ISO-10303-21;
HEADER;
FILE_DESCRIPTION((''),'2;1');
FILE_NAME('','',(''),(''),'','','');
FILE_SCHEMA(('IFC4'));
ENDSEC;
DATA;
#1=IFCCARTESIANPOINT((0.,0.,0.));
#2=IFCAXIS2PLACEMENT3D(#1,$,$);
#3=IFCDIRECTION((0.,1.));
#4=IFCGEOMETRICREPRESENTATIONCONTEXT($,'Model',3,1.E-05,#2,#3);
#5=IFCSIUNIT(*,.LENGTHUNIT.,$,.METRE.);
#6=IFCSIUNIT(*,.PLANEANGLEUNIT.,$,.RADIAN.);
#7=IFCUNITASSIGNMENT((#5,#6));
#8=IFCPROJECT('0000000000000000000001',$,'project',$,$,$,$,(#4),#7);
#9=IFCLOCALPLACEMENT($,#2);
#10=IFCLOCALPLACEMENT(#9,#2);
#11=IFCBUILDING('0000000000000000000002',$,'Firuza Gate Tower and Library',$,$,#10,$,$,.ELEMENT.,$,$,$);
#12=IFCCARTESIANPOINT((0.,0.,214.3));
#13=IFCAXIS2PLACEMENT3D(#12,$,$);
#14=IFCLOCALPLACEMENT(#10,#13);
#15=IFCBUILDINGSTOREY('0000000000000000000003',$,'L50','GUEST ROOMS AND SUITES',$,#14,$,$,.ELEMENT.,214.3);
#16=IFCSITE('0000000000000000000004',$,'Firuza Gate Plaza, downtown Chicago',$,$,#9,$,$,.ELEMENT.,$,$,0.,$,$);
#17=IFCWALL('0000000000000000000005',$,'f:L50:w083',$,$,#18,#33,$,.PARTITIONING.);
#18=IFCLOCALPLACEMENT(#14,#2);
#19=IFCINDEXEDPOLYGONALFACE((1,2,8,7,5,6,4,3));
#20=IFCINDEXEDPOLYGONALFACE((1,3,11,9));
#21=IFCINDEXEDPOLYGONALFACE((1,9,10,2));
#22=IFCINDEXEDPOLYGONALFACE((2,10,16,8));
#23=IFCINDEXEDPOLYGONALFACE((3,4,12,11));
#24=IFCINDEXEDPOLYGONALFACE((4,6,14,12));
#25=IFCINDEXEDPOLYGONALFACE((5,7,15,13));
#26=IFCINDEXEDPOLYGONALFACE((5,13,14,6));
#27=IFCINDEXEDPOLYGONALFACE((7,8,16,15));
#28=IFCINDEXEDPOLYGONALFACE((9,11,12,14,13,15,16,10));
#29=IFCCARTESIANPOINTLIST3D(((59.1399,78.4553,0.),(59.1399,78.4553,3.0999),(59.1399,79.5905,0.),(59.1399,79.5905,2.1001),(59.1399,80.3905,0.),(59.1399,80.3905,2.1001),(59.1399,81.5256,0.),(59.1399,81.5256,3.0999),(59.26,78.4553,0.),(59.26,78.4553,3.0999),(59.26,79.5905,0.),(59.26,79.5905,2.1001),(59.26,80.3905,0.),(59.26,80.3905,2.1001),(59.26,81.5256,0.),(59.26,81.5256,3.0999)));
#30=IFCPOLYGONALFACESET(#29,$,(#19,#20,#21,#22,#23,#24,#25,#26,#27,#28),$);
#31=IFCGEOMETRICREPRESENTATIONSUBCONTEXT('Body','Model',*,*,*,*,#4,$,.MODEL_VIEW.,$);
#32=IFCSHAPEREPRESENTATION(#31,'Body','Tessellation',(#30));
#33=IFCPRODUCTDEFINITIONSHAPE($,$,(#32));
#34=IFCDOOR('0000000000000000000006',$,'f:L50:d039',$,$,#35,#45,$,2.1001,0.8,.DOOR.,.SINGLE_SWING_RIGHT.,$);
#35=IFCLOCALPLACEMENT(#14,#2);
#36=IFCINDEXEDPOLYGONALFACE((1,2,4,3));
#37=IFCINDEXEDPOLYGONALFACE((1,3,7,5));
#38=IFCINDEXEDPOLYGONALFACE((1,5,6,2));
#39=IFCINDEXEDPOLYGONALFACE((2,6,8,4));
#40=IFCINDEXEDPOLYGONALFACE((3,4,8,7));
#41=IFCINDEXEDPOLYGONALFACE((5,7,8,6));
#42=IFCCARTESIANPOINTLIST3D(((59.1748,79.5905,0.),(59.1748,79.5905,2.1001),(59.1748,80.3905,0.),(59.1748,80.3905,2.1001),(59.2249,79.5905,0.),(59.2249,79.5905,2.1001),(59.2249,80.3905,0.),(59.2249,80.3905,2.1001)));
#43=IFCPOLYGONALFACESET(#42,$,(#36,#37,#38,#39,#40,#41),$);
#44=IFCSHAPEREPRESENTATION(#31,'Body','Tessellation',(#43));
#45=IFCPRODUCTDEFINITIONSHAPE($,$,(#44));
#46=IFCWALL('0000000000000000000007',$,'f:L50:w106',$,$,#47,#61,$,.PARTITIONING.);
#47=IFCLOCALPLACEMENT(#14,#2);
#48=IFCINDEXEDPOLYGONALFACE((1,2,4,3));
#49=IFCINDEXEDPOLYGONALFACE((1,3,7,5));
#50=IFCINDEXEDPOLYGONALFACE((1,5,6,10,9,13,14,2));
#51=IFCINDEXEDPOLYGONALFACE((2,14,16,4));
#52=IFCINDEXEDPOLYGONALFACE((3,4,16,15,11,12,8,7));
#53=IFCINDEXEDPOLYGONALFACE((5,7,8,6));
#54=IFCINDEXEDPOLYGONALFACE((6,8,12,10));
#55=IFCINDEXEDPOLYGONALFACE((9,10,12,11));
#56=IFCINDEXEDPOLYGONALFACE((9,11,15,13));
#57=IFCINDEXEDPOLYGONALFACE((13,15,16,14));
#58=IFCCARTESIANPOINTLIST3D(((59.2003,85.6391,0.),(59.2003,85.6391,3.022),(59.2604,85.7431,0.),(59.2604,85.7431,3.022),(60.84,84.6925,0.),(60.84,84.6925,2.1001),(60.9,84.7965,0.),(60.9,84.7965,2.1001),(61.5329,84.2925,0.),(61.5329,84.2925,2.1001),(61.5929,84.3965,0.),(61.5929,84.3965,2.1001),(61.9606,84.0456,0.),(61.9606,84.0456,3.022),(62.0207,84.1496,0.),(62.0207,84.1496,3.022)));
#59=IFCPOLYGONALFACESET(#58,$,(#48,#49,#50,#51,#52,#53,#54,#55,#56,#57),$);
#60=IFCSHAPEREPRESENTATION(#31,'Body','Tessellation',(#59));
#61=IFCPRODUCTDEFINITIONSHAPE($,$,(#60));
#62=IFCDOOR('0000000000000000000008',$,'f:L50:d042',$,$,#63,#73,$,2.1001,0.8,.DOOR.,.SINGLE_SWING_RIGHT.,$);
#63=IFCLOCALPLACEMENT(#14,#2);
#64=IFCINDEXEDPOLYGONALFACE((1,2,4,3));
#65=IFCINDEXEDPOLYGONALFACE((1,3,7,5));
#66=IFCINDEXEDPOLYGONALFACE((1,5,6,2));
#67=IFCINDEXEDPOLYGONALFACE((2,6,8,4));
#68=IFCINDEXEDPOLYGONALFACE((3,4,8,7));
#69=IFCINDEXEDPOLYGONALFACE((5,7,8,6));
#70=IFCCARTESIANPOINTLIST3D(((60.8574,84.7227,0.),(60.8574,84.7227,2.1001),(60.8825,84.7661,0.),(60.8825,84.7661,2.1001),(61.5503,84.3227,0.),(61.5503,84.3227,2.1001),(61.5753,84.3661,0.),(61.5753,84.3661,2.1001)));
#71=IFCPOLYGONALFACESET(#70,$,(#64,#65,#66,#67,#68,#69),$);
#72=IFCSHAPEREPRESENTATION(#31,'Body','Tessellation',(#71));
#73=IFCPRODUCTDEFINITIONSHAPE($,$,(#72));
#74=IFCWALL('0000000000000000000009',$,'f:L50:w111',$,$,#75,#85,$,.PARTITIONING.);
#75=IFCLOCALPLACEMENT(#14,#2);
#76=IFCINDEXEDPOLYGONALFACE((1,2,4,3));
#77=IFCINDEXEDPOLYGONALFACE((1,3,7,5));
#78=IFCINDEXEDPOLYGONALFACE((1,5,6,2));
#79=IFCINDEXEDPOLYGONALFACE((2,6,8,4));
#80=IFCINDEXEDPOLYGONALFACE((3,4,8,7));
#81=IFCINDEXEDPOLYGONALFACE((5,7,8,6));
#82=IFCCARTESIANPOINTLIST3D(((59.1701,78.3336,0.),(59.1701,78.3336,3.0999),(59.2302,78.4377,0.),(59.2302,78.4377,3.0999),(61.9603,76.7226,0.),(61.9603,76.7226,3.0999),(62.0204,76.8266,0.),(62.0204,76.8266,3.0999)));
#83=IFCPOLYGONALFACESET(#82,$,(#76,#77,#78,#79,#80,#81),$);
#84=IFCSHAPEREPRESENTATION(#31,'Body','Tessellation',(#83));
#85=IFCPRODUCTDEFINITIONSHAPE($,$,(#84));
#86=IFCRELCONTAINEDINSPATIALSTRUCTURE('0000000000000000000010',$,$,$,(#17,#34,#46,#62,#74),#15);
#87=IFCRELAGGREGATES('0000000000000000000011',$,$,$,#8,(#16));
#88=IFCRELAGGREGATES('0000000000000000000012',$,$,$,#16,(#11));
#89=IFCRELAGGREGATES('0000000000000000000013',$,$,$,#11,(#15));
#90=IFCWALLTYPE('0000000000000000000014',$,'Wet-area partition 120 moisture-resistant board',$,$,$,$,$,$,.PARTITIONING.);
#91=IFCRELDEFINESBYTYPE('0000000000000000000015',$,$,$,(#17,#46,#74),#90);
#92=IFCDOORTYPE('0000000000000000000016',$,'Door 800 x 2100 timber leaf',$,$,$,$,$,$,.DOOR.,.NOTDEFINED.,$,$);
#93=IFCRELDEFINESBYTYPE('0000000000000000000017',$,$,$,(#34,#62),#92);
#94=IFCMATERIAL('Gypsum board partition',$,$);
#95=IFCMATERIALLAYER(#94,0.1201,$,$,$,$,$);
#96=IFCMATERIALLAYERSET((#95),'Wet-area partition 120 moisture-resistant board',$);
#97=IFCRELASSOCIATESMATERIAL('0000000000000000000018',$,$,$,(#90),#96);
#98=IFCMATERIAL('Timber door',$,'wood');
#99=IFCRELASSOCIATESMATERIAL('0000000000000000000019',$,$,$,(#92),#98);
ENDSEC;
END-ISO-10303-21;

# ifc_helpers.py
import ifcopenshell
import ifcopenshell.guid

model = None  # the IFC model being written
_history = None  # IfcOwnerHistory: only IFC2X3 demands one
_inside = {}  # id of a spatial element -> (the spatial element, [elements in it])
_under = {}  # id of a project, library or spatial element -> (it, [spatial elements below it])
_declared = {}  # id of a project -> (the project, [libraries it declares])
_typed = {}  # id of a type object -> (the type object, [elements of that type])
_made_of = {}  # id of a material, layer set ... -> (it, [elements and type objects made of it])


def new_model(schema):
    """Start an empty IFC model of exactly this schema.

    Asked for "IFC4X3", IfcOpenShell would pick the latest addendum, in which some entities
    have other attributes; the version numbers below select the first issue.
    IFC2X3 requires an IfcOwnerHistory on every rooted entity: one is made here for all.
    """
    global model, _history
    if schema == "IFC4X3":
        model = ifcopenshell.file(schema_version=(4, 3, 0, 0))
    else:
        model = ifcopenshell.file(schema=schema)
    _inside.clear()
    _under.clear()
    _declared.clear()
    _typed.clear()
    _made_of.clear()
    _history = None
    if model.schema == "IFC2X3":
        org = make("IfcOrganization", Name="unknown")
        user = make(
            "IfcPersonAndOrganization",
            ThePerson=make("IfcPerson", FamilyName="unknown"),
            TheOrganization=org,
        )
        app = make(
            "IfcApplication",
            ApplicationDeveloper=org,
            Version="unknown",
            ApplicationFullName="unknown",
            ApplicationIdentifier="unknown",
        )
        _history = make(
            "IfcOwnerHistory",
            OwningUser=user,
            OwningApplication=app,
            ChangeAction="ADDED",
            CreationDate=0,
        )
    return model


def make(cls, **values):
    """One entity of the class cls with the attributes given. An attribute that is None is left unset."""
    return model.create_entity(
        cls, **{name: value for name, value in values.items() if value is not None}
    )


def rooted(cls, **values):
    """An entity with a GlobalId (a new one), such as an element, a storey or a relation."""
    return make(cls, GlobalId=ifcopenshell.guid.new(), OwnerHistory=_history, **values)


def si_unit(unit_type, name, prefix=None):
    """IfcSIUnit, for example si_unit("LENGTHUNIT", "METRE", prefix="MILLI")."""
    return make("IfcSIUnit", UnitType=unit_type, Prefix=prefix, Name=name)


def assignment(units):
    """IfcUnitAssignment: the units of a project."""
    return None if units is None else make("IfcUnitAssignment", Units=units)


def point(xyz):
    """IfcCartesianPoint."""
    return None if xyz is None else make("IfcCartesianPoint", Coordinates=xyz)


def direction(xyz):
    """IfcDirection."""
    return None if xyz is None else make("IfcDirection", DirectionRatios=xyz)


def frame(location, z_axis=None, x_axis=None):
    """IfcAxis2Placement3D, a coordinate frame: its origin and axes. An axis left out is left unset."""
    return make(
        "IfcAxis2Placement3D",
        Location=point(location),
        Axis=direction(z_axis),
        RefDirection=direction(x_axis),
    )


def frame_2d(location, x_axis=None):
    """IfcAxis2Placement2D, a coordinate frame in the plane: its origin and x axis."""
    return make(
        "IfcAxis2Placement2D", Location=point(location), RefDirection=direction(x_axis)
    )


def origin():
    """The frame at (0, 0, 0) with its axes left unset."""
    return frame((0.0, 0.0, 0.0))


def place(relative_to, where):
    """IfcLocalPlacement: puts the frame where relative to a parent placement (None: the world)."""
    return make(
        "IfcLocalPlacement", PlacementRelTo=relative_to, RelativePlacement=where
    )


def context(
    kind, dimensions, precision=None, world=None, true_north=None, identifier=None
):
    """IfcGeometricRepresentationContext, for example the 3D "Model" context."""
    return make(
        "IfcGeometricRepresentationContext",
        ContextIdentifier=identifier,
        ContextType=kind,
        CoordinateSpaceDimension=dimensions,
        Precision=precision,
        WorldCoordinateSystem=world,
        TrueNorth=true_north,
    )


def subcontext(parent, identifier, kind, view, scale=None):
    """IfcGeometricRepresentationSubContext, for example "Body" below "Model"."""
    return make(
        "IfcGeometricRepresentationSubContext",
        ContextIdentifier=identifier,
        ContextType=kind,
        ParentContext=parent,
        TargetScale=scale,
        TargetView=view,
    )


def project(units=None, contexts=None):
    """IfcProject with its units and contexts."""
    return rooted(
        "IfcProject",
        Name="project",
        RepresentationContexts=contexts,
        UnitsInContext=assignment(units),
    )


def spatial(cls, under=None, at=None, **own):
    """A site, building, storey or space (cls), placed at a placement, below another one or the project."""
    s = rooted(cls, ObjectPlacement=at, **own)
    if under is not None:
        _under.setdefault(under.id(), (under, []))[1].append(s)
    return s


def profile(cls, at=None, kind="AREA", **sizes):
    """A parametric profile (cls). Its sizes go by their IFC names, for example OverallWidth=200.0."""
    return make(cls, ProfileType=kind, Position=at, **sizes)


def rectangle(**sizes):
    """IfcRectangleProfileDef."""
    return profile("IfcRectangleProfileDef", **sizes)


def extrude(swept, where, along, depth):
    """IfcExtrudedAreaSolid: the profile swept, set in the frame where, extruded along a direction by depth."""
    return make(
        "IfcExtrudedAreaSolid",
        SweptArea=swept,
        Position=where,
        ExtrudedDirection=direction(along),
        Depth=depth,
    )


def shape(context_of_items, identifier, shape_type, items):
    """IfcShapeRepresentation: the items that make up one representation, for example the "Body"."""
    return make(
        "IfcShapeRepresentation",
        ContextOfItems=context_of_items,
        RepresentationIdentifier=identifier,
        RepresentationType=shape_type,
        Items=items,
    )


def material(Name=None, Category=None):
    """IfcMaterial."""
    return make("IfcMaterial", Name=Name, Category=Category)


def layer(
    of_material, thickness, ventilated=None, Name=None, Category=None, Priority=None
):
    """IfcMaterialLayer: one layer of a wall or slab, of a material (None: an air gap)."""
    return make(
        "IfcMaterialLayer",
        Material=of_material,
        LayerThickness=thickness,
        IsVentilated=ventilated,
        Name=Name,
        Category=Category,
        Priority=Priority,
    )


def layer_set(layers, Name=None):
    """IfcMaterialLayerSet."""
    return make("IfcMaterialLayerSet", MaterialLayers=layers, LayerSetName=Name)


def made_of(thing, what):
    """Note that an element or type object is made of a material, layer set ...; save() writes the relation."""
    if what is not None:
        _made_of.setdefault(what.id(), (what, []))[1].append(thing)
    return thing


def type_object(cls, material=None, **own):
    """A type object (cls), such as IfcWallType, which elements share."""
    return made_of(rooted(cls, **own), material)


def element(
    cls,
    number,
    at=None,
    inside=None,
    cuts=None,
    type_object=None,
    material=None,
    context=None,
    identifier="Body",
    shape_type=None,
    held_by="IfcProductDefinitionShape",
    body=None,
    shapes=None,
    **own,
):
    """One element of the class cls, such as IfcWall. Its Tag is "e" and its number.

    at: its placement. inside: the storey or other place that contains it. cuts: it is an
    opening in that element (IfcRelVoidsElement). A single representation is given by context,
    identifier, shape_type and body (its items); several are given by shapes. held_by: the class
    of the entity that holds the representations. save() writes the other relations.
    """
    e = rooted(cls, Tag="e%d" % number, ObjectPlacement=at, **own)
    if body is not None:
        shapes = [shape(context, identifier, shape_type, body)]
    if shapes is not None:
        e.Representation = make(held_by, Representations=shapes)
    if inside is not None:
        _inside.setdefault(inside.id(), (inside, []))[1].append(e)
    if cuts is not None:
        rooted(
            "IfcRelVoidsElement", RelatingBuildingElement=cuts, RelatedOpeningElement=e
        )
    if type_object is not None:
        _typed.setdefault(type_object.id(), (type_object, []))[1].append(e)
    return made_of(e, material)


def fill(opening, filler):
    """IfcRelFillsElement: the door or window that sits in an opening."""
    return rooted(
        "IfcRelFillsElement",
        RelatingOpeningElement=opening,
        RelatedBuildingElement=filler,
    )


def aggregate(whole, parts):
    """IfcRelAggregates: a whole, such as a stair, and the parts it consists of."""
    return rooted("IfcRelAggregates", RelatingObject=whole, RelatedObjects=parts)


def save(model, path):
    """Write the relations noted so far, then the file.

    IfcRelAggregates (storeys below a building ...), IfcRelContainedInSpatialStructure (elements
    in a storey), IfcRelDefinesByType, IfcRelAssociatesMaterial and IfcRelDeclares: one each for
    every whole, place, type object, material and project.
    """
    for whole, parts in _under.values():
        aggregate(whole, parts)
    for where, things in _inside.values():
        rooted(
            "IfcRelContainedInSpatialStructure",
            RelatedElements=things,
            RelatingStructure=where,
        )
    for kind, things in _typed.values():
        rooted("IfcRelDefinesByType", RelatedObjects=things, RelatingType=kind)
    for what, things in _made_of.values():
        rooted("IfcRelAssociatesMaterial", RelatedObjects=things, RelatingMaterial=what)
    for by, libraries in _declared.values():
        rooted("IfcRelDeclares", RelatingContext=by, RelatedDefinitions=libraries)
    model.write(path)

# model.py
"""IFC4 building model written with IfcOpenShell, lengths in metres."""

from ifc_helpers import new_model, si_unit, direction, frame, frame_2d, origin, place, context, subcontext, project, spatial, rectangle, extrude, material, layer, layer_set, type_object, element, fill, save


model = new_model("IFC4")

# Units and contexts
model_context = context("Model", 3, precision=1e-05, world=origin(), true_north=direction((0.0, 1.0)))
body_context = subcontext(model_context, "Body", "Model", "MODEL_VIEW")
ifc_project = project(units=[si_unit("LENGTHUNIT", "METRE"), si_unit("PLANEANGLEUNIT", "RADIAN")], contexts=[model_context])

# Site, building, storey
site_placement = place(None, origin())
site = spatial("IfcSite", under=ifc_project, at=site_placement, Name="Firuza Gate Plaza, downtown Chicago", CompositionType="ELEMENT", RefElevation=0.0)
building_placement = place(site_placement, origin())
building = spatial("IfcBuilding", under=site, at=building_placement, Name="Firuza Gate Tower and Library", CompositionType="ELEMENT")
storey_placement = place(building_placement, frame((0.0, 0.0, 214.3)))
storey = spatial("IfcBuildingStorey", under=building, at=storey_placement, Name="L50", Description="GUEST ROOMS AND SUITES", CompositionType="ELEMENT", Elevation=214.3)

# Walls, openings, doors
ifc_material_1 = material(Name="Gypsum board partition")
ifc_layer_1 = layer(ifc_material_1, 0.1201)
ifc_layer_set_1 = layer_set([ifc_layer_1], Name="Wet-area partition 120 moisture-resistant board")
wall_type_1 = type_object("IfcWallType", Name="Wet-area partition 120 moisture-resistant board", PredefinedType="PARTITIONING", material=ifc_layer_set_1)
wall_1_placement = place(storey_placement, frame((59.2, 81.5256, 0.0), z_axis=(0.0, 0.0, 1.0), x_axis=(0.0, -1.0, 0.0)))
wall_1 = element("IfcWall", 1, at=wall_1_placement, inside=storey, type_object=wall_type_1, Name="f:L50:w083", PredefinedType="PARTITIONING", context=body_context, shape_type="SweptSolid", body=[
    extrude(rectangle(XDim=3.0703, YDim=0.1201, at=frame_2d((1.5352, 0.0))), origin(), (0.0, 0.0, 1.0), 3.0999),
])
opening_1_placement = place(wall_1_placement, frame((1.1353, 0.0, 0.0)))
opening_1 = element("IfcOpeningElement", 2, at=opening_1_placement, cuts=wall_1, PredefinedType="OPENING", context=body_context, shape_type="SweptSolid", body=[
    extrude(rectangle(XDim=0.8, YDim=2.1001, at=frame_2d((0.3999, 1.05))), frame((0.0, 0.0701, 0.0), z_axis=(0.0, -1.0, 0.0), x_axis=(1.0, 0.0, 0.0)), (0.0, 0.0, 1.0), 0.1401),
])
ifc_material_2 = material(Name="Timber door", Category="wood")
door_type_1 = type_object("IfcDoorType", Name="Door 800 x 2100 timber leaf", OperationType="NOTDEFINED", PredefinedType="DOOR", material=ifc_material_2)
door_1_placement = place(opening_1_placement, origin())
door_1 = element("IfcDoor", 3, at=door_1_placement, inside=storey, type_object=door_type_1, Name="f:L50:d039", OperationType="SINGLE_SWING_RIGHT", OverallHeight=2.1001, OverallWidth=0.8, PredefinedType="DOOR", context=body_context, shape_type="SweptSolid", body=[
    extrude(rectangle(XDim=0.8, YDim=2.1001, at=frame_2d((0.3999, 1.05))), frame((0.0, 0.0249, 0.0), z_axis=(0.0, -1.0, 0.0), x_axis=(1.0, 0.0, 0.0)), (0.0, 0.0, 1.0), 0.05),
])
fill(opening_1, door_1)
wall_2_placement = place(storey_placement, frame((59.2302, 85.6912, 0.0), z_axis=(0.0, 0.0, 1.0), x_axis=(0.866043, -0.49997, 0.0)))
wall_2 = element("IfcWall", 4, at=wall_2_placement, inside=storey, type_object=wall_type_1, Name="f:L50:w106", PredefinedType="PARTITIONING", context=body_context, shape_type="SweptSolid", body=[
    extrude(rectangle(XDim=3.1873, YDim=0.1201, at=frame_2d((1.5938, 0.0))), origin(), (0.0, 0.0, 1.0), 3.022),
])
opening_2_placement = place(wall_2_placement, frame((1.8936, 0.0, 0.0)))
opening_2 = element("IfcOpeningElement", 5, at=opening_2_placement, cuts=wall_2, PredefinedType="OPENING", context=body_context, shape_type="SweptSolid", body=[
    extrude(rectangle(XDim=0.8, YDim=2.1001, at=frame_2d((0.3999, 1.05))), frame((0.0, 0.0701, 0.0), z_axis=(0.0, -1.0, 0.0), x_axis=(1.0, 0.0, 0.0)), (0.0, 0.0, 1.0), 0.1401),
])
door_2_placement = place(opening_2_placement, origin())
door_2 = element("IfcDoor", 6, at=door_2_placement, inside=storey, type_object=door_type_1, Name="f:L50:d042", OperationType="SINGLE_SWING_RIGHT", OverallHeight=2.1001, OverallWidth=0.8, PredefinedType="DOOR", context=body_context, shape_type="SweptSolid", body=[
    extrude(rectangle(XDim=0.8, YDim=2.1001, at=frame_2d((0.3999, 1.05))), frame((0.0, 0.0249, 0.0), z_axis=(0.0, -1.0, 0.0), x_axis=(1.0, 0.0, 0.0)), (0.0, 0.0, 1.0), 0.05),
])
fill(opening_2, door_2)

# Wall
wall_3_placement = place(storey_placement, frame((61.9902, 76.7747, 0.0), z_axis=(0.0, 0.0, 1.0), x_axis=(-0.86601, 0.500026, 0.0)))
element("IfcWall", 7, at=wall_3_placement, inside=storey, type_object=wall_type_1, Name="f:L50:w111", PredefinedType="PARTITIONING", context=body_context, shape_type="SweptSolid", body=[
    extrude(rectangle(XDim=3.2219, YDim=0.1201, at=frame_2d((1.6108, 0.0))), origin(), (0.0, 0.0, 1.0), 3.0999),
])

save(model, "model.ifc")
